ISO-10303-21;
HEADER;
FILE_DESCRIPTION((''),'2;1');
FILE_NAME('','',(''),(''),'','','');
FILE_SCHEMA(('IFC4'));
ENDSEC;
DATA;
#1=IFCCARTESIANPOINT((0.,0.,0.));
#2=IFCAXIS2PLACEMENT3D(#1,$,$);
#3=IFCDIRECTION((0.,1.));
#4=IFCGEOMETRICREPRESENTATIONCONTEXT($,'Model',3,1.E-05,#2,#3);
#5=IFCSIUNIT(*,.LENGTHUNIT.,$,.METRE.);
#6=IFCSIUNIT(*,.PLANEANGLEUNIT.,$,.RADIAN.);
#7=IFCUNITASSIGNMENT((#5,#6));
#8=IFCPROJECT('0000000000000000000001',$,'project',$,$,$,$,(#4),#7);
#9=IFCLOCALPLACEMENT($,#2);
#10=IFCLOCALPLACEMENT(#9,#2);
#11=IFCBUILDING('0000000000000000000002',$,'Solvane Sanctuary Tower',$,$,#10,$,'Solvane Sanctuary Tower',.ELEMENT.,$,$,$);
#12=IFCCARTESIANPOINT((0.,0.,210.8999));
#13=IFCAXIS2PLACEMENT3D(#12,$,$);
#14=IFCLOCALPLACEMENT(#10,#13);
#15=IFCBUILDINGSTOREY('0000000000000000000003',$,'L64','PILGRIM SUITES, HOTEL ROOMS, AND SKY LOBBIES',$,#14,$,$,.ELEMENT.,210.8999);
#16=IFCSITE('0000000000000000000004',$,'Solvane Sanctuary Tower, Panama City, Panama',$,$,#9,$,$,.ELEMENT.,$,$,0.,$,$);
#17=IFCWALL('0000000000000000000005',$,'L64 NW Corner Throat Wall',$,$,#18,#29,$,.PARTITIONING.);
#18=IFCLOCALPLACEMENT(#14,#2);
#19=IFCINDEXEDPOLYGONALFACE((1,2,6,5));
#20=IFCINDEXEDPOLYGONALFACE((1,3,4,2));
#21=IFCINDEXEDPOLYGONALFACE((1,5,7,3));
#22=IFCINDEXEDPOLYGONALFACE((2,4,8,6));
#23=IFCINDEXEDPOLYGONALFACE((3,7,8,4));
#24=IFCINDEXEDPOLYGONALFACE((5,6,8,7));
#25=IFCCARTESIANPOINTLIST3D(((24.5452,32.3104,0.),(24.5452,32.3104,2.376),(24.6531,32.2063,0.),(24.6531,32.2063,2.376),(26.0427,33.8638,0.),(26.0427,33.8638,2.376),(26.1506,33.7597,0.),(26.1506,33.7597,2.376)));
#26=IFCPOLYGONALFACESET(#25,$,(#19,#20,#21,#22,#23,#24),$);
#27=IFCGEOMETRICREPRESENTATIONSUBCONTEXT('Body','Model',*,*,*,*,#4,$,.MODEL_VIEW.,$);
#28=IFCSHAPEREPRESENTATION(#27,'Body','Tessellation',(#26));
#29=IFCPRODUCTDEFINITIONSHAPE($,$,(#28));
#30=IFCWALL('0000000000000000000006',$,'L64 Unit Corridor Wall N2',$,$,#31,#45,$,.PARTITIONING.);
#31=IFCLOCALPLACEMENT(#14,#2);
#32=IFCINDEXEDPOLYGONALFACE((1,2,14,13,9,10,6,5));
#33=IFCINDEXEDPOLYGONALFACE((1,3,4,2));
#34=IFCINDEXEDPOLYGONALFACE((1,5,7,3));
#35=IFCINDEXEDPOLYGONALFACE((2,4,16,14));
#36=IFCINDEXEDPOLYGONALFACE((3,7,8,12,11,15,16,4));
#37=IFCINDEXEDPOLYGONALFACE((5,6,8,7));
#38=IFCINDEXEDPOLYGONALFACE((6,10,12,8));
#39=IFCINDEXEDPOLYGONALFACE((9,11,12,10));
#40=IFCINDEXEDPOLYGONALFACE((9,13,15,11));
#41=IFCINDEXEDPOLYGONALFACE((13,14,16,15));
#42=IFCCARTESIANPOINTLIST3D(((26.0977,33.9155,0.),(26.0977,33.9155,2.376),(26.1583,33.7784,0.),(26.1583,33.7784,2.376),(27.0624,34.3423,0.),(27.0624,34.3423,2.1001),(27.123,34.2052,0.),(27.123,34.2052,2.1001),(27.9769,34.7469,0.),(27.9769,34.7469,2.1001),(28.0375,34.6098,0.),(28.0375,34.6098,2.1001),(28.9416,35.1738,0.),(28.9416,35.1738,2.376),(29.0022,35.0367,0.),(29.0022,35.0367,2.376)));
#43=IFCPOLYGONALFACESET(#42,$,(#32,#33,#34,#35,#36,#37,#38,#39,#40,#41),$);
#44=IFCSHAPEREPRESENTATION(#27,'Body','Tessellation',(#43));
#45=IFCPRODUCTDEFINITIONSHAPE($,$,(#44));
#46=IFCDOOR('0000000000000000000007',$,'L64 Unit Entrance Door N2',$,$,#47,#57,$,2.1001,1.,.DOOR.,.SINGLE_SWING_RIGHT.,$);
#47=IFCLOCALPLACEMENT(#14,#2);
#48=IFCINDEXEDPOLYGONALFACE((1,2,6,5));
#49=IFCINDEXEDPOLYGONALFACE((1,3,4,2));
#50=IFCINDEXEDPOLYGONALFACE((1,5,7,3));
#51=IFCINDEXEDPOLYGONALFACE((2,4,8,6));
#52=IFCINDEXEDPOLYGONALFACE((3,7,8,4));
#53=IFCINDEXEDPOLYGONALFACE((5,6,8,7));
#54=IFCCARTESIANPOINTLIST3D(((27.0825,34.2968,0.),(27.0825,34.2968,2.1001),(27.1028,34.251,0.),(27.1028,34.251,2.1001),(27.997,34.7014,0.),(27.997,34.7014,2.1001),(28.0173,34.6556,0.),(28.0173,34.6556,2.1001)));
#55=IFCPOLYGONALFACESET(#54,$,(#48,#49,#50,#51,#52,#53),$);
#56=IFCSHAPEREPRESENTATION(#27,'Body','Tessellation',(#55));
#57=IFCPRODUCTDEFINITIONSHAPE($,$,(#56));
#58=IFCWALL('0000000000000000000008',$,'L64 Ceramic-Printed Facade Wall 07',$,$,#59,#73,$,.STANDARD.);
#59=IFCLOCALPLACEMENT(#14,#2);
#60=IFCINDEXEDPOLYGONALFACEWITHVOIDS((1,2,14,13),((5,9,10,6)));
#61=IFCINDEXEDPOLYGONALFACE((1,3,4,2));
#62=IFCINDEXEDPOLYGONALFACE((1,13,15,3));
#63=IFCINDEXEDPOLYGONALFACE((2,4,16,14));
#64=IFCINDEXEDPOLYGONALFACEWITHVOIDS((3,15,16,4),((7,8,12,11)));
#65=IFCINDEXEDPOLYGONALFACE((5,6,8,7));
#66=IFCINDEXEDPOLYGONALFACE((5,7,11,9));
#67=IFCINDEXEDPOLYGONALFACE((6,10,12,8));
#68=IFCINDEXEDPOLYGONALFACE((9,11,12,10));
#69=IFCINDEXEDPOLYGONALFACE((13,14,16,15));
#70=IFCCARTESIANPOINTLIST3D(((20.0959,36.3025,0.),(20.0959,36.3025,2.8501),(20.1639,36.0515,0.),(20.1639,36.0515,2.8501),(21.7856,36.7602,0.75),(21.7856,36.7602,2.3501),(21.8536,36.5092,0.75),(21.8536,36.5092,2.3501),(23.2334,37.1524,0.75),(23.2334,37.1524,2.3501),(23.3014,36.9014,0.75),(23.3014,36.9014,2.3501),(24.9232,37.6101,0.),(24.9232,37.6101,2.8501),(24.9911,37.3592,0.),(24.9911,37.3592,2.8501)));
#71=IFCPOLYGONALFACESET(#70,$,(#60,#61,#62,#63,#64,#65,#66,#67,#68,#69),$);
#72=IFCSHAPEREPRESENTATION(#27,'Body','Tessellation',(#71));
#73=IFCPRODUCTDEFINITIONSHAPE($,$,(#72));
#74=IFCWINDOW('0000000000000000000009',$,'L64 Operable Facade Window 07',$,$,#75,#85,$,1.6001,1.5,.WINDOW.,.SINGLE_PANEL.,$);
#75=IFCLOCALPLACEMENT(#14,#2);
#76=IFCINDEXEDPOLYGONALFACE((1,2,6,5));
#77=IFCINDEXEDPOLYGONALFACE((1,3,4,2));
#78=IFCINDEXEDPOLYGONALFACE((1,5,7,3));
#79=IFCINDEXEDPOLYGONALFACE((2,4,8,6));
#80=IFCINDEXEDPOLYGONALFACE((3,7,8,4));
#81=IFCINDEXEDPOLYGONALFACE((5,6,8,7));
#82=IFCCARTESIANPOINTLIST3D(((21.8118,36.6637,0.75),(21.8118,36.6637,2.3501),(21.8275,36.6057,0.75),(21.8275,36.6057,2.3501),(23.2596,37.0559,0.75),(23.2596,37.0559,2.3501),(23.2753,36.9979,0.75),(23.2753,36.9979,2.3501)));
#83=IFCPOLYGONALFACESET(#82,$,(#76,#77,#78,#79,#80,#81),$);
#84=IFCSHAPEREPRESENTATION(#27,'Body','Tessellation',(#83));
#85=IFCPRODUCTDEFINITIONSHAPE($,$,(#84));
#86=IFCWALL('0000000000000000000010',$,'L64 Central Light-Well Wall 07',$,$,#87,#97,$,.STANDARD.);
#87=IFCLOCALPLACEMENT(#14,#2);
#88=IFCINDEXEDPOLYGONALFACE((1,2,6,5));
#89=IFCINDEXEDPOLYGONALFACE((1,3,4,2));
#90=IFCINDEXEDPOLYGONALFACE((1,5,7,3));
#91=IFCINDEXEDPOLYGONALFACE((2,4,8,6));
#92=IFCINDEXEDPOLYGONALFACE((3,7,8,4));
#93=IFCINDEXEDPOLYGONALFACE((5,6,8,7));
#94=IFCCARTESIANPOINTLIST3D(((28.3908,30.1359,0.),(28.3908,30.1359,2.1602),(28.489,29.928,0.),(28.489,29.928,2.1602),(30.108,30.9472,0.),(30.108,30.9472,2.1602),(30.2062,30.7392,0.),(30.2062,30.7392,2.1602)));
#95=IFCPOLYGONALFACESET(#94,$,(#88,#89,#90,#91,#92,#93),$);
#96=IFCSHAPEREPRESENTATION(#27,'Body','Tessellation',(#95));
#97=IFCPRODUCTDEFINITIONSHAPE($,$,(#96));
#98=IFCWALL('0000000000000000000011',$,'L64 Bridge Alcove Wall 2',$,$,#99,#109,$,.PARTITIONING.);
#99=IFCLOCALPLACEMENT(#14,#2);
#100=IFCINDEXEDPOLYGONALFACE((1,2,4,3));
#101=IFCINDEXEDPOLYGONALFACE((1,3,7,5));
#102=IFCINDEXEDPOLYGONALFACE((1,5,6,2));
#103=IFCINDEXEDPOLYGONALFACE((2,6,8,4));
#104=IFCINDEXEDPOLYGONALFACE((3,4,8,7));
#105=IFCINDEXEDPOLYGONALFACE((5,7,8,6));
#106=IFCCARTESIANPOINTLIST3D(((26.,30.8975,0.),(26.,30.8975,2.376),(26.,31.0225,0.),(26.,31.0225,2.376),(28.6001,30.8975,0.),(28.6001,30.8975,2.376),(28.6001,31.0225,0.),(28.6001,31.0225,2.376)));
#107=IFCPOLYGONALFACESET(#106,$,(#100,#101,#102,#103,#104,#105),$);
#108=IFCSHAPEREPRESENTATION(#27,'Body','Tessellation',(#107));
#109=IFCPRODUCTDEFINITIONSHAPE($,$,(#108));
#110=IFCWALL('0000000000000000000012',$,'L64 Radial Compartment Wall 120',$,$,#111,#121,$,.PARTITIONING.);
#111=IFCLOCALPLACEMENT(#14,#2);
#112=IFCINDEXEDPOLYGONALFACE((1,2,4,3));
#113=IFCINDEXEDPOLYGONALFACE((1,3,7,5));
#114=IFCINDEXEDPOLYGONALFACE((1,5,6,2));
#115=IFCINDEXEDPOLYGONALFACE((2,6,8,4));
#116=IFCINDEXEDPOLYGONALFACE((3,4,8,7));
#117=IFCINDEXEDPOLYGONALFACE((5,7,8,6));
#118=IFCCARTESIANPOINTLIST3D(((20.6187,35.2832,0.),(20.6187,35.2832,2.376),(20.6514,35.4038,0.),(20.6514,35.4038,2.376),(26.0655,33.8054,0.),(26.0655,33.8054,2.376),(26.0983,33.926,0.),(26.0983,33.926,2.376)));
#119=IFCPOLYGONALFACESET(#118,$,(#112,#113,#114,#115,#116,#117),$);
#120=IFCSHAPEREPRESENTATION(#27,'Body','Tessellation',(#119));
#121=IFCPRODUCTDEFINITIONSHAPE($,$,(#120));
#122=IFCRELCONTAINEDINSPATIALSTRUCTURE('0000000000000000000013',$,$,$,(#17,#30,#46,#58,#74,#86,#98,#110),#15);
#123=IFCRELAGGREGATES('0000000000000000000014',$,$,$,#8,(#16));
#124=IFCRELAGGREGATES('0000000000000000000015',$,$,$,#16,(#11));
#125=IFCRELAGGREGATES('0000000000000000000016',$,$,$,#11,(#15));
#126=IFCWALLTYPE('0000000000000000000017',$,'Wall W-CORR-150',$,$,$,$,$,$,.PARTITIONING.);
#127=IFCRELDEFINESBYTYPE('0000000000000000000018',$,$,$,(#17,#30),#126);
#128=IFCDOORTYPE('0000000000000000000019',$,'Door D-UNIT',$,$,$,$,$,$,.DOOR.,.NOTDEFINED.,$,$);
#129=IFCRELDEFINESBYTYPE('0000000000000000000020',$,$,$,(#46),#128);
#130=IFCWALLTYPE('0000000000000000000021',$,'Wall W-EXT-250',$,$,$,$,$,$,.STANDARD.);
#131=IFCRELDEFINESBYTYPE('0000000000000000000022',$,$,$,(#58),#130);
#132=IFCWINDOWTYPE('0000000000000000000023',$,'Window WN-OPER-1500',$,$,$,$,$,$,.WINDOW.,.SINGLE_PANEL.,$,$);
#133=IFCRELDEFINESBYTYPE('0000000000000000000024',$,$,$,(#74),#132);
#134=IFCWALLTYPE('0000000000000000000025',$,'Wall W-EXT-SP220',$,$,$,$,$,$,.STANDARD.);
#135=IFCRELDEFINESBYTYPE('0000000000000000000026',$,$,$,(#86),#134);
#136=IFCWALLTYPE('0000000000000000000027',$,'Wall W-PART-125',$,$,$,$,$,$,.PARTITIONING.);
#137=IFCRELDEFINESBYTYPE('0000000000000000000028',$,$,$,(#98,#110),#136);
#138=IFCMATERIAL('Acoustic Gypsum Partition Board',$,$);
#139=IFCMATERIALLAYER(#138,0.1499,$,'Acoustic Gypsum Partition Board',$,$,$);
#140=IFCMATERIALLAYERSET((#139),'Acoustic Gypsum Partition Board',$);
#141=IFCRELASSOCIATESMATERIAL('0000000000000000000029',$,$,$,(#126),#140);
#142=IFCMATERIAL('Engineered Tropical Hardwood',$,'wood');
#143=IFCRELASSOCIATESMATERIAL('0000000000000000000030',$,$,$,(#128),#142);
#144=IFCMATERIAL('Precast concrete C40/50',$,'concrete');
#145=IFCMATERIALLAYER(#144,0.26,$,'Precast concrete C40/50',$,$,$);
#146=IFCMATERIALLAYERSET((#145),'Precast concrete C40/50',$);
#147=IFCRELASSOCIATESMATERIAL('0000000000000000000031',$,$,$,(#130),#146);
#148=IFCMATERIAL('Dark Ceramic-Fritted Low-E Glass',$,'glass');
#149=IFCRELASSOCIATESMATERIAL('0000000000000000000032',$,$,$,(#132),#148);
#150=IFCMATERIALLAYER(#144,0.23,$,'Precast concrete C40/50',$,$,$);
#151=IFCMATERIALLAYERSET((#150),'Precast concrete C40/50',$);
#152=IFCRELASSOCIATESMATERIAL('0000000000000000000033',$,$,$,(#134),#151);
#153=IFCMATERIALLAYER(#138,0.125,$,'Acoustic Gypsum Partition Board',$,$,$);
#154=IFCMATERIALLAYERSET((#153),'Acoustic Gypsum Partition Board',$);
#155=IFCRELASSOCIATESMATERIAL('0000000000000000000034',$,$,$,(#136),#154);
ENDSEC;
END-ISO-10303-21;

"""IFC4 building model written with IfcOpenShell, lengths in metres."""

from ifc_helpers import new_model, si_unit, direction, frame, frame_2d, origin, place, context, subcontext, project, spatial, rectangle, extrude, material, layer, layer_set, type_object, element, fill, save


model = new_model("IFC4")

# Units and contexts
model_context = context("Model", 3, precision=1e-05, world=origin(), true_north=direction((0.0, 1.0)))
body_context = subcontext(model_context, "Body", "Model", "MODEL_VIEW")
ifc_project = project(units=[si_unit("LENGTHUNIT", "METRE"), si_unit("PLANEANGLEUNIT", "RADIAN")], contexts=[model_context])

# Site, building, storey
site_placement = place(None, origin())
site = spatial("IfcSite", under=ifc_project, at=site_placement, Name="Solvane Sanctuary Tower, Panama City, Panama", CompositionType="ELEMENT", RefElevation=0.0)
building_placement = place(site_placement, origin())
building = spatial("IfcBuilding", under=site, at=building_placement, Name="Solvane Sanctuary Tower", LongName="Solvane Sanctuary Tower", CompositionType="ELEMENT")
storey_placement = place(building_placement, frame((0.0, 0.0, 210.8999)))
storey = spatial("IfcBuildingStorey", under=building, at=storey_placement, Name="L64", Description="PILGRIM SUITES, HOTEL ROOMS, AND SKY LOBBIES", CompositionType="ELEMENT", Elevation=210.8999)

# Shared definitions
ifc_material_1 = material(Name="Acoustic Gypsum Partition Board")
ifc_layer_1 = layer(ifc_material_1, 0.1499, Name="Acoustic Gypsum Partition Board")
ifc_layer_set_1 = layer_set([ifc_layer_1], Name="Acoustic Gypsum Partition Board")
wall_type_1 = type_object("IfcWallType", Name="Wall W-CORR-150", PredefinedType="PARTITIONING", material=ifc_layer_set_1)
ifc_material_2 = material(Name="Engineered Tropical Hardwood", Category="wood")

# Wall
wall_1_placement = place(storey_placement, frame((26.0967, 33.8118, 0.0), z_axis=(0.0, 0.0, 1.0), x_axis=(-0.694033, -0.719943, 0.0)))
element("IfcWall", 1, at=wall_1_placement, inside=storey, type_object=wall_type_1, Name="L64 NW Corner Throat Wall", PredefinedType="PARTITIONING", context=body_context, shape_type="SweptSolid", body=[
    extrude(rectangle(XDim=2.1577, YDim=0.1499, at=frame_2d((1.0789, 0.0))), origin(), (0.0, 0.0, 1.0), 2.376),
])

# Wall, opening, door
wall_2_placement = place(storey_placement, frame((28.9719, 35.1052, 0.0), z_axis=(0.0, 0.0, 1.0), x_axis=(-0.91449, -0.404608, 0.0)))
wall_2 = element("IfcWall", 2, at=wall_2_placement, inside=storey, type_object=wall_type_1, Name="L64 Unit Corridor Wall N2", PredefinedType="PARTITIONING", context=body_context, shape_type="SweptSolid", body=[
    extrude(rectangle(XDim=3.1099, YDim=0.1499, at=frame_2d((1.5549, 0.0))), origin(), (0.0, 0.0, 1.0), 2.376),
])
opening_1_placement = place(wall_2_placement, frame((1.0549, 0.0, 0.0)))
opening_1 = element("IfcOpeningElement", 3, at=opening_1_placement, cuts=wall_2, PredefinedType="OPENING", context=body_context, shape_type="SweptSolid", body=[
    extrude(rectangle(XDim=1.0, YDim=2.1001, at=frame_2d((0.5, 1.05))), frame((0.0, 0.085, 0.0), z_axis=(0.0, -1.0, 0.0), x_axis=(1.0, 0.0, 0.0)), (0.0, 0.0, 1.0), 0.1699),
])
door_type_1 = type_object("IfcDoorType", Name="Door D-UNIT", OperationType="NOTDEFINED", PredefinedType="DOOR", material=ifc_material_2)
door_1_placement = place(opening_1_placement, origin())
door_1 = element("IfcDoor", 4, at=door_1_placement, inside=storey, type_object=door_type_1, Name="L64 Unit Entrance Door N2", OperationType="SINGLE_SWING_RIGHT", OverallHeight=2.1001, OverallWidth=1.0, PredefinedType="DOOR", context=body_context, shape_type="SweptSolid", body=[
    extrude(rectangle(XDim=1.0, YDim=2.1001, at=frame_2d((0.5, 1.05))), frame((0.0, 0.0249, 0.0), z_axis=(0.0, -1.0, 0.0), x_axis=(1.0, 0.0, 0.0)), (0.0, 0.0, 1.0), 0.05),
])
fill(opening_1, door_1)

# Wall, opening, window
ifc_material_3 = material(Name="Precast concrete C40/50", Category="concrete")
ifc_layer_2 = layer(ifc_material_3, 0.26, Name="Precast concrete C40/50")
ifc_layer_set_2 = layer_set([ifc_layer_2], Name="Precast concrete C40/50")
wall_type_2 = type_object("IfcWallType", Name="Wall W-EXT-250", PredefinedType="STANDARD", material=ifc_layer_set_2)
wall_3_placement = place(storey_placement, frame((24.957, 37.4846, 0.0), z_axis=(0.0, 0.0, 1.0), x_axis=(-0.965213, -0.261465, 0.0)))
wall_3 = element("IfcWall", 5, at=wall_3_placement, inside=storey, type_object=wall_type_2, Name="L64 Ceramic-Printed Facade Wall 07", PredefinedType="STANDARD", context=body_context, shape_type="SweptSolid", body=[
    extrude(rectangle(XDim=5.0012, YDim=0.26, at=frame_2d((2.5005, 0.0))), origin(), (0.0, 0.0, 1.0), 2.8501),
])
opening_2_placement = place(wall_3_placement, frame((1.7505, 0.0, 0.75)))
opening_2 = element("IfcOpeningElement", 6, at=opening_2_placement, cuts=wall_3, PredefinedType="OPENING", context=body_context, shape_type="SweptSolid", body=[
    extrude(rectangle(XDim=1.5, YDim=1.6001, at=frame_2d((0.75, 0.8))), frame((0.0, 0.1399, 0.0), z_axis=(0.0, -1.0, 0.0), x_axis=(1.0, 0.0, 0.0)), (0.0, 0.0, 1.0), 0.28),
])
ifc_material_4 = material(Name="Dark Ceramic-Fritted Low-E Glass", Category="glass")
window_type = type_object("IfcWindowType", Name="Window WN-OPER-1500", PartitioningType="SINGLE_PANEL", PredefinedType="WINDOW", material=ifc_material_4)
window_placement = place(opening_2_placement, origin())
window = element("IfcWindow", 7, at=window_placement, inside=storey, type_object=window_type, Name="L64 Operable Facade Window 07", OverallHeight=1.6001, OverallWidth=1.5, PartitioningType="SINGLE_PANEL", PredefinedType="WINDOW", context=body_context, shape_type="SweptSolid", body=[
    extrude(rectangle(XDim=1.5, YDim=1.6001, at=frame_2d((0.75, 0.8))), frame((0.0, 0.03, 0.0), z_axis=(0.0, -1.0, 0.0), x_axis=(1.0, 0.0, 0.0)), (0.0, 0.0, 1.0), 0.0601),
])
fill(opening_2, window)

# Walls
ifc_layer_3 = layer(ifc_material_3, 0.23, Name="Precast concrete C40/50")
ifc_layer_set_3 = layer_set([ifc_layer_3], Name="Precast concrete C40/50")
wall_type_3 = type_object("IfcWallType", Name="Wall W-EXT-SP220", PredefinedType="STANDARD", material=ifc_layer_set_3)
wall_4_placement = place(storey_placement, frame((30.1572, 30.8433, 0.0), z_axis=(0.0, 0.0, 1.0), x_axis=(-0.90418, -0.427152, 0.0)))
element("IfcWall", 8, at=wall_4_placement, inside=storey, type_object=wall_type_3, Name="L64 Central Light-Well Wall 07", PredefinedType="STANDARD", context=body_context, shape_type="SweptSolid", body=[
    extrude(rectangle(XDim=1.8992, YDim=0.23, at=frame_2d((0.9497, 0.0))), origin(), (0.0, 0.0, 1.0), 2.1602),
])
ifc_layer_4 = layer(ifc_material_1, 0.125, Name="Acoustic Gypsum Partition Board")
ifc_layer_set_4 = layer_set([ifc_layer_4], Name="Acoustic Gypsum Partition Board")
wall_type_4 = type_object("IfcWallType", Name="Wall W-PART-125", PredefinedType="PARTITIONING", material=ifc_layer_set_4)
wall_5_placement = place(storey_placement, frame((26.0, 30.96, 0.0), z_axis=(0.0, 0.0, 1.0), x_axis=(1.0, 0.0, 0.0)))
element("IfcWall", 9, at=wall_5_placement, inside=storey, type_object=wall_type_4, Name="L64 Bridge Alcove Wall 2", PredefinedType="PARTITIONING", context=body_context, shape_type="SweptSolid", body=[
    extrude(rectangle(XDim=2.6001, YDim=0.125, at=frame_2d((1.3, 0.0))), origin(), (0.0, 0.0, 1.0), 2.376),
])
wall_6_placement = place(storey_placement, frame((26.0818, 33.8657, 0.0), z_axis=(0.0, 0.0, 1.0), x_axis=(-0.965109, 0.261847, 0.0)))
element("IfcWall", 10, at=wall_6_placement, inside=storey, type_object=wall_type_4, Name="L64 Radial Compartment Wall 120", PredefinedType="PARTITIONING", context=body_context, shape_type="SweptSolid", body=[
    extrude(rectangle(XDim=5.6438, YDim=0.125, at=frame_2d((2.8218, 0.0))), origin(), (0.0, 0.0, 1.0), 2.376),
])

save(model, "model.ifc")
